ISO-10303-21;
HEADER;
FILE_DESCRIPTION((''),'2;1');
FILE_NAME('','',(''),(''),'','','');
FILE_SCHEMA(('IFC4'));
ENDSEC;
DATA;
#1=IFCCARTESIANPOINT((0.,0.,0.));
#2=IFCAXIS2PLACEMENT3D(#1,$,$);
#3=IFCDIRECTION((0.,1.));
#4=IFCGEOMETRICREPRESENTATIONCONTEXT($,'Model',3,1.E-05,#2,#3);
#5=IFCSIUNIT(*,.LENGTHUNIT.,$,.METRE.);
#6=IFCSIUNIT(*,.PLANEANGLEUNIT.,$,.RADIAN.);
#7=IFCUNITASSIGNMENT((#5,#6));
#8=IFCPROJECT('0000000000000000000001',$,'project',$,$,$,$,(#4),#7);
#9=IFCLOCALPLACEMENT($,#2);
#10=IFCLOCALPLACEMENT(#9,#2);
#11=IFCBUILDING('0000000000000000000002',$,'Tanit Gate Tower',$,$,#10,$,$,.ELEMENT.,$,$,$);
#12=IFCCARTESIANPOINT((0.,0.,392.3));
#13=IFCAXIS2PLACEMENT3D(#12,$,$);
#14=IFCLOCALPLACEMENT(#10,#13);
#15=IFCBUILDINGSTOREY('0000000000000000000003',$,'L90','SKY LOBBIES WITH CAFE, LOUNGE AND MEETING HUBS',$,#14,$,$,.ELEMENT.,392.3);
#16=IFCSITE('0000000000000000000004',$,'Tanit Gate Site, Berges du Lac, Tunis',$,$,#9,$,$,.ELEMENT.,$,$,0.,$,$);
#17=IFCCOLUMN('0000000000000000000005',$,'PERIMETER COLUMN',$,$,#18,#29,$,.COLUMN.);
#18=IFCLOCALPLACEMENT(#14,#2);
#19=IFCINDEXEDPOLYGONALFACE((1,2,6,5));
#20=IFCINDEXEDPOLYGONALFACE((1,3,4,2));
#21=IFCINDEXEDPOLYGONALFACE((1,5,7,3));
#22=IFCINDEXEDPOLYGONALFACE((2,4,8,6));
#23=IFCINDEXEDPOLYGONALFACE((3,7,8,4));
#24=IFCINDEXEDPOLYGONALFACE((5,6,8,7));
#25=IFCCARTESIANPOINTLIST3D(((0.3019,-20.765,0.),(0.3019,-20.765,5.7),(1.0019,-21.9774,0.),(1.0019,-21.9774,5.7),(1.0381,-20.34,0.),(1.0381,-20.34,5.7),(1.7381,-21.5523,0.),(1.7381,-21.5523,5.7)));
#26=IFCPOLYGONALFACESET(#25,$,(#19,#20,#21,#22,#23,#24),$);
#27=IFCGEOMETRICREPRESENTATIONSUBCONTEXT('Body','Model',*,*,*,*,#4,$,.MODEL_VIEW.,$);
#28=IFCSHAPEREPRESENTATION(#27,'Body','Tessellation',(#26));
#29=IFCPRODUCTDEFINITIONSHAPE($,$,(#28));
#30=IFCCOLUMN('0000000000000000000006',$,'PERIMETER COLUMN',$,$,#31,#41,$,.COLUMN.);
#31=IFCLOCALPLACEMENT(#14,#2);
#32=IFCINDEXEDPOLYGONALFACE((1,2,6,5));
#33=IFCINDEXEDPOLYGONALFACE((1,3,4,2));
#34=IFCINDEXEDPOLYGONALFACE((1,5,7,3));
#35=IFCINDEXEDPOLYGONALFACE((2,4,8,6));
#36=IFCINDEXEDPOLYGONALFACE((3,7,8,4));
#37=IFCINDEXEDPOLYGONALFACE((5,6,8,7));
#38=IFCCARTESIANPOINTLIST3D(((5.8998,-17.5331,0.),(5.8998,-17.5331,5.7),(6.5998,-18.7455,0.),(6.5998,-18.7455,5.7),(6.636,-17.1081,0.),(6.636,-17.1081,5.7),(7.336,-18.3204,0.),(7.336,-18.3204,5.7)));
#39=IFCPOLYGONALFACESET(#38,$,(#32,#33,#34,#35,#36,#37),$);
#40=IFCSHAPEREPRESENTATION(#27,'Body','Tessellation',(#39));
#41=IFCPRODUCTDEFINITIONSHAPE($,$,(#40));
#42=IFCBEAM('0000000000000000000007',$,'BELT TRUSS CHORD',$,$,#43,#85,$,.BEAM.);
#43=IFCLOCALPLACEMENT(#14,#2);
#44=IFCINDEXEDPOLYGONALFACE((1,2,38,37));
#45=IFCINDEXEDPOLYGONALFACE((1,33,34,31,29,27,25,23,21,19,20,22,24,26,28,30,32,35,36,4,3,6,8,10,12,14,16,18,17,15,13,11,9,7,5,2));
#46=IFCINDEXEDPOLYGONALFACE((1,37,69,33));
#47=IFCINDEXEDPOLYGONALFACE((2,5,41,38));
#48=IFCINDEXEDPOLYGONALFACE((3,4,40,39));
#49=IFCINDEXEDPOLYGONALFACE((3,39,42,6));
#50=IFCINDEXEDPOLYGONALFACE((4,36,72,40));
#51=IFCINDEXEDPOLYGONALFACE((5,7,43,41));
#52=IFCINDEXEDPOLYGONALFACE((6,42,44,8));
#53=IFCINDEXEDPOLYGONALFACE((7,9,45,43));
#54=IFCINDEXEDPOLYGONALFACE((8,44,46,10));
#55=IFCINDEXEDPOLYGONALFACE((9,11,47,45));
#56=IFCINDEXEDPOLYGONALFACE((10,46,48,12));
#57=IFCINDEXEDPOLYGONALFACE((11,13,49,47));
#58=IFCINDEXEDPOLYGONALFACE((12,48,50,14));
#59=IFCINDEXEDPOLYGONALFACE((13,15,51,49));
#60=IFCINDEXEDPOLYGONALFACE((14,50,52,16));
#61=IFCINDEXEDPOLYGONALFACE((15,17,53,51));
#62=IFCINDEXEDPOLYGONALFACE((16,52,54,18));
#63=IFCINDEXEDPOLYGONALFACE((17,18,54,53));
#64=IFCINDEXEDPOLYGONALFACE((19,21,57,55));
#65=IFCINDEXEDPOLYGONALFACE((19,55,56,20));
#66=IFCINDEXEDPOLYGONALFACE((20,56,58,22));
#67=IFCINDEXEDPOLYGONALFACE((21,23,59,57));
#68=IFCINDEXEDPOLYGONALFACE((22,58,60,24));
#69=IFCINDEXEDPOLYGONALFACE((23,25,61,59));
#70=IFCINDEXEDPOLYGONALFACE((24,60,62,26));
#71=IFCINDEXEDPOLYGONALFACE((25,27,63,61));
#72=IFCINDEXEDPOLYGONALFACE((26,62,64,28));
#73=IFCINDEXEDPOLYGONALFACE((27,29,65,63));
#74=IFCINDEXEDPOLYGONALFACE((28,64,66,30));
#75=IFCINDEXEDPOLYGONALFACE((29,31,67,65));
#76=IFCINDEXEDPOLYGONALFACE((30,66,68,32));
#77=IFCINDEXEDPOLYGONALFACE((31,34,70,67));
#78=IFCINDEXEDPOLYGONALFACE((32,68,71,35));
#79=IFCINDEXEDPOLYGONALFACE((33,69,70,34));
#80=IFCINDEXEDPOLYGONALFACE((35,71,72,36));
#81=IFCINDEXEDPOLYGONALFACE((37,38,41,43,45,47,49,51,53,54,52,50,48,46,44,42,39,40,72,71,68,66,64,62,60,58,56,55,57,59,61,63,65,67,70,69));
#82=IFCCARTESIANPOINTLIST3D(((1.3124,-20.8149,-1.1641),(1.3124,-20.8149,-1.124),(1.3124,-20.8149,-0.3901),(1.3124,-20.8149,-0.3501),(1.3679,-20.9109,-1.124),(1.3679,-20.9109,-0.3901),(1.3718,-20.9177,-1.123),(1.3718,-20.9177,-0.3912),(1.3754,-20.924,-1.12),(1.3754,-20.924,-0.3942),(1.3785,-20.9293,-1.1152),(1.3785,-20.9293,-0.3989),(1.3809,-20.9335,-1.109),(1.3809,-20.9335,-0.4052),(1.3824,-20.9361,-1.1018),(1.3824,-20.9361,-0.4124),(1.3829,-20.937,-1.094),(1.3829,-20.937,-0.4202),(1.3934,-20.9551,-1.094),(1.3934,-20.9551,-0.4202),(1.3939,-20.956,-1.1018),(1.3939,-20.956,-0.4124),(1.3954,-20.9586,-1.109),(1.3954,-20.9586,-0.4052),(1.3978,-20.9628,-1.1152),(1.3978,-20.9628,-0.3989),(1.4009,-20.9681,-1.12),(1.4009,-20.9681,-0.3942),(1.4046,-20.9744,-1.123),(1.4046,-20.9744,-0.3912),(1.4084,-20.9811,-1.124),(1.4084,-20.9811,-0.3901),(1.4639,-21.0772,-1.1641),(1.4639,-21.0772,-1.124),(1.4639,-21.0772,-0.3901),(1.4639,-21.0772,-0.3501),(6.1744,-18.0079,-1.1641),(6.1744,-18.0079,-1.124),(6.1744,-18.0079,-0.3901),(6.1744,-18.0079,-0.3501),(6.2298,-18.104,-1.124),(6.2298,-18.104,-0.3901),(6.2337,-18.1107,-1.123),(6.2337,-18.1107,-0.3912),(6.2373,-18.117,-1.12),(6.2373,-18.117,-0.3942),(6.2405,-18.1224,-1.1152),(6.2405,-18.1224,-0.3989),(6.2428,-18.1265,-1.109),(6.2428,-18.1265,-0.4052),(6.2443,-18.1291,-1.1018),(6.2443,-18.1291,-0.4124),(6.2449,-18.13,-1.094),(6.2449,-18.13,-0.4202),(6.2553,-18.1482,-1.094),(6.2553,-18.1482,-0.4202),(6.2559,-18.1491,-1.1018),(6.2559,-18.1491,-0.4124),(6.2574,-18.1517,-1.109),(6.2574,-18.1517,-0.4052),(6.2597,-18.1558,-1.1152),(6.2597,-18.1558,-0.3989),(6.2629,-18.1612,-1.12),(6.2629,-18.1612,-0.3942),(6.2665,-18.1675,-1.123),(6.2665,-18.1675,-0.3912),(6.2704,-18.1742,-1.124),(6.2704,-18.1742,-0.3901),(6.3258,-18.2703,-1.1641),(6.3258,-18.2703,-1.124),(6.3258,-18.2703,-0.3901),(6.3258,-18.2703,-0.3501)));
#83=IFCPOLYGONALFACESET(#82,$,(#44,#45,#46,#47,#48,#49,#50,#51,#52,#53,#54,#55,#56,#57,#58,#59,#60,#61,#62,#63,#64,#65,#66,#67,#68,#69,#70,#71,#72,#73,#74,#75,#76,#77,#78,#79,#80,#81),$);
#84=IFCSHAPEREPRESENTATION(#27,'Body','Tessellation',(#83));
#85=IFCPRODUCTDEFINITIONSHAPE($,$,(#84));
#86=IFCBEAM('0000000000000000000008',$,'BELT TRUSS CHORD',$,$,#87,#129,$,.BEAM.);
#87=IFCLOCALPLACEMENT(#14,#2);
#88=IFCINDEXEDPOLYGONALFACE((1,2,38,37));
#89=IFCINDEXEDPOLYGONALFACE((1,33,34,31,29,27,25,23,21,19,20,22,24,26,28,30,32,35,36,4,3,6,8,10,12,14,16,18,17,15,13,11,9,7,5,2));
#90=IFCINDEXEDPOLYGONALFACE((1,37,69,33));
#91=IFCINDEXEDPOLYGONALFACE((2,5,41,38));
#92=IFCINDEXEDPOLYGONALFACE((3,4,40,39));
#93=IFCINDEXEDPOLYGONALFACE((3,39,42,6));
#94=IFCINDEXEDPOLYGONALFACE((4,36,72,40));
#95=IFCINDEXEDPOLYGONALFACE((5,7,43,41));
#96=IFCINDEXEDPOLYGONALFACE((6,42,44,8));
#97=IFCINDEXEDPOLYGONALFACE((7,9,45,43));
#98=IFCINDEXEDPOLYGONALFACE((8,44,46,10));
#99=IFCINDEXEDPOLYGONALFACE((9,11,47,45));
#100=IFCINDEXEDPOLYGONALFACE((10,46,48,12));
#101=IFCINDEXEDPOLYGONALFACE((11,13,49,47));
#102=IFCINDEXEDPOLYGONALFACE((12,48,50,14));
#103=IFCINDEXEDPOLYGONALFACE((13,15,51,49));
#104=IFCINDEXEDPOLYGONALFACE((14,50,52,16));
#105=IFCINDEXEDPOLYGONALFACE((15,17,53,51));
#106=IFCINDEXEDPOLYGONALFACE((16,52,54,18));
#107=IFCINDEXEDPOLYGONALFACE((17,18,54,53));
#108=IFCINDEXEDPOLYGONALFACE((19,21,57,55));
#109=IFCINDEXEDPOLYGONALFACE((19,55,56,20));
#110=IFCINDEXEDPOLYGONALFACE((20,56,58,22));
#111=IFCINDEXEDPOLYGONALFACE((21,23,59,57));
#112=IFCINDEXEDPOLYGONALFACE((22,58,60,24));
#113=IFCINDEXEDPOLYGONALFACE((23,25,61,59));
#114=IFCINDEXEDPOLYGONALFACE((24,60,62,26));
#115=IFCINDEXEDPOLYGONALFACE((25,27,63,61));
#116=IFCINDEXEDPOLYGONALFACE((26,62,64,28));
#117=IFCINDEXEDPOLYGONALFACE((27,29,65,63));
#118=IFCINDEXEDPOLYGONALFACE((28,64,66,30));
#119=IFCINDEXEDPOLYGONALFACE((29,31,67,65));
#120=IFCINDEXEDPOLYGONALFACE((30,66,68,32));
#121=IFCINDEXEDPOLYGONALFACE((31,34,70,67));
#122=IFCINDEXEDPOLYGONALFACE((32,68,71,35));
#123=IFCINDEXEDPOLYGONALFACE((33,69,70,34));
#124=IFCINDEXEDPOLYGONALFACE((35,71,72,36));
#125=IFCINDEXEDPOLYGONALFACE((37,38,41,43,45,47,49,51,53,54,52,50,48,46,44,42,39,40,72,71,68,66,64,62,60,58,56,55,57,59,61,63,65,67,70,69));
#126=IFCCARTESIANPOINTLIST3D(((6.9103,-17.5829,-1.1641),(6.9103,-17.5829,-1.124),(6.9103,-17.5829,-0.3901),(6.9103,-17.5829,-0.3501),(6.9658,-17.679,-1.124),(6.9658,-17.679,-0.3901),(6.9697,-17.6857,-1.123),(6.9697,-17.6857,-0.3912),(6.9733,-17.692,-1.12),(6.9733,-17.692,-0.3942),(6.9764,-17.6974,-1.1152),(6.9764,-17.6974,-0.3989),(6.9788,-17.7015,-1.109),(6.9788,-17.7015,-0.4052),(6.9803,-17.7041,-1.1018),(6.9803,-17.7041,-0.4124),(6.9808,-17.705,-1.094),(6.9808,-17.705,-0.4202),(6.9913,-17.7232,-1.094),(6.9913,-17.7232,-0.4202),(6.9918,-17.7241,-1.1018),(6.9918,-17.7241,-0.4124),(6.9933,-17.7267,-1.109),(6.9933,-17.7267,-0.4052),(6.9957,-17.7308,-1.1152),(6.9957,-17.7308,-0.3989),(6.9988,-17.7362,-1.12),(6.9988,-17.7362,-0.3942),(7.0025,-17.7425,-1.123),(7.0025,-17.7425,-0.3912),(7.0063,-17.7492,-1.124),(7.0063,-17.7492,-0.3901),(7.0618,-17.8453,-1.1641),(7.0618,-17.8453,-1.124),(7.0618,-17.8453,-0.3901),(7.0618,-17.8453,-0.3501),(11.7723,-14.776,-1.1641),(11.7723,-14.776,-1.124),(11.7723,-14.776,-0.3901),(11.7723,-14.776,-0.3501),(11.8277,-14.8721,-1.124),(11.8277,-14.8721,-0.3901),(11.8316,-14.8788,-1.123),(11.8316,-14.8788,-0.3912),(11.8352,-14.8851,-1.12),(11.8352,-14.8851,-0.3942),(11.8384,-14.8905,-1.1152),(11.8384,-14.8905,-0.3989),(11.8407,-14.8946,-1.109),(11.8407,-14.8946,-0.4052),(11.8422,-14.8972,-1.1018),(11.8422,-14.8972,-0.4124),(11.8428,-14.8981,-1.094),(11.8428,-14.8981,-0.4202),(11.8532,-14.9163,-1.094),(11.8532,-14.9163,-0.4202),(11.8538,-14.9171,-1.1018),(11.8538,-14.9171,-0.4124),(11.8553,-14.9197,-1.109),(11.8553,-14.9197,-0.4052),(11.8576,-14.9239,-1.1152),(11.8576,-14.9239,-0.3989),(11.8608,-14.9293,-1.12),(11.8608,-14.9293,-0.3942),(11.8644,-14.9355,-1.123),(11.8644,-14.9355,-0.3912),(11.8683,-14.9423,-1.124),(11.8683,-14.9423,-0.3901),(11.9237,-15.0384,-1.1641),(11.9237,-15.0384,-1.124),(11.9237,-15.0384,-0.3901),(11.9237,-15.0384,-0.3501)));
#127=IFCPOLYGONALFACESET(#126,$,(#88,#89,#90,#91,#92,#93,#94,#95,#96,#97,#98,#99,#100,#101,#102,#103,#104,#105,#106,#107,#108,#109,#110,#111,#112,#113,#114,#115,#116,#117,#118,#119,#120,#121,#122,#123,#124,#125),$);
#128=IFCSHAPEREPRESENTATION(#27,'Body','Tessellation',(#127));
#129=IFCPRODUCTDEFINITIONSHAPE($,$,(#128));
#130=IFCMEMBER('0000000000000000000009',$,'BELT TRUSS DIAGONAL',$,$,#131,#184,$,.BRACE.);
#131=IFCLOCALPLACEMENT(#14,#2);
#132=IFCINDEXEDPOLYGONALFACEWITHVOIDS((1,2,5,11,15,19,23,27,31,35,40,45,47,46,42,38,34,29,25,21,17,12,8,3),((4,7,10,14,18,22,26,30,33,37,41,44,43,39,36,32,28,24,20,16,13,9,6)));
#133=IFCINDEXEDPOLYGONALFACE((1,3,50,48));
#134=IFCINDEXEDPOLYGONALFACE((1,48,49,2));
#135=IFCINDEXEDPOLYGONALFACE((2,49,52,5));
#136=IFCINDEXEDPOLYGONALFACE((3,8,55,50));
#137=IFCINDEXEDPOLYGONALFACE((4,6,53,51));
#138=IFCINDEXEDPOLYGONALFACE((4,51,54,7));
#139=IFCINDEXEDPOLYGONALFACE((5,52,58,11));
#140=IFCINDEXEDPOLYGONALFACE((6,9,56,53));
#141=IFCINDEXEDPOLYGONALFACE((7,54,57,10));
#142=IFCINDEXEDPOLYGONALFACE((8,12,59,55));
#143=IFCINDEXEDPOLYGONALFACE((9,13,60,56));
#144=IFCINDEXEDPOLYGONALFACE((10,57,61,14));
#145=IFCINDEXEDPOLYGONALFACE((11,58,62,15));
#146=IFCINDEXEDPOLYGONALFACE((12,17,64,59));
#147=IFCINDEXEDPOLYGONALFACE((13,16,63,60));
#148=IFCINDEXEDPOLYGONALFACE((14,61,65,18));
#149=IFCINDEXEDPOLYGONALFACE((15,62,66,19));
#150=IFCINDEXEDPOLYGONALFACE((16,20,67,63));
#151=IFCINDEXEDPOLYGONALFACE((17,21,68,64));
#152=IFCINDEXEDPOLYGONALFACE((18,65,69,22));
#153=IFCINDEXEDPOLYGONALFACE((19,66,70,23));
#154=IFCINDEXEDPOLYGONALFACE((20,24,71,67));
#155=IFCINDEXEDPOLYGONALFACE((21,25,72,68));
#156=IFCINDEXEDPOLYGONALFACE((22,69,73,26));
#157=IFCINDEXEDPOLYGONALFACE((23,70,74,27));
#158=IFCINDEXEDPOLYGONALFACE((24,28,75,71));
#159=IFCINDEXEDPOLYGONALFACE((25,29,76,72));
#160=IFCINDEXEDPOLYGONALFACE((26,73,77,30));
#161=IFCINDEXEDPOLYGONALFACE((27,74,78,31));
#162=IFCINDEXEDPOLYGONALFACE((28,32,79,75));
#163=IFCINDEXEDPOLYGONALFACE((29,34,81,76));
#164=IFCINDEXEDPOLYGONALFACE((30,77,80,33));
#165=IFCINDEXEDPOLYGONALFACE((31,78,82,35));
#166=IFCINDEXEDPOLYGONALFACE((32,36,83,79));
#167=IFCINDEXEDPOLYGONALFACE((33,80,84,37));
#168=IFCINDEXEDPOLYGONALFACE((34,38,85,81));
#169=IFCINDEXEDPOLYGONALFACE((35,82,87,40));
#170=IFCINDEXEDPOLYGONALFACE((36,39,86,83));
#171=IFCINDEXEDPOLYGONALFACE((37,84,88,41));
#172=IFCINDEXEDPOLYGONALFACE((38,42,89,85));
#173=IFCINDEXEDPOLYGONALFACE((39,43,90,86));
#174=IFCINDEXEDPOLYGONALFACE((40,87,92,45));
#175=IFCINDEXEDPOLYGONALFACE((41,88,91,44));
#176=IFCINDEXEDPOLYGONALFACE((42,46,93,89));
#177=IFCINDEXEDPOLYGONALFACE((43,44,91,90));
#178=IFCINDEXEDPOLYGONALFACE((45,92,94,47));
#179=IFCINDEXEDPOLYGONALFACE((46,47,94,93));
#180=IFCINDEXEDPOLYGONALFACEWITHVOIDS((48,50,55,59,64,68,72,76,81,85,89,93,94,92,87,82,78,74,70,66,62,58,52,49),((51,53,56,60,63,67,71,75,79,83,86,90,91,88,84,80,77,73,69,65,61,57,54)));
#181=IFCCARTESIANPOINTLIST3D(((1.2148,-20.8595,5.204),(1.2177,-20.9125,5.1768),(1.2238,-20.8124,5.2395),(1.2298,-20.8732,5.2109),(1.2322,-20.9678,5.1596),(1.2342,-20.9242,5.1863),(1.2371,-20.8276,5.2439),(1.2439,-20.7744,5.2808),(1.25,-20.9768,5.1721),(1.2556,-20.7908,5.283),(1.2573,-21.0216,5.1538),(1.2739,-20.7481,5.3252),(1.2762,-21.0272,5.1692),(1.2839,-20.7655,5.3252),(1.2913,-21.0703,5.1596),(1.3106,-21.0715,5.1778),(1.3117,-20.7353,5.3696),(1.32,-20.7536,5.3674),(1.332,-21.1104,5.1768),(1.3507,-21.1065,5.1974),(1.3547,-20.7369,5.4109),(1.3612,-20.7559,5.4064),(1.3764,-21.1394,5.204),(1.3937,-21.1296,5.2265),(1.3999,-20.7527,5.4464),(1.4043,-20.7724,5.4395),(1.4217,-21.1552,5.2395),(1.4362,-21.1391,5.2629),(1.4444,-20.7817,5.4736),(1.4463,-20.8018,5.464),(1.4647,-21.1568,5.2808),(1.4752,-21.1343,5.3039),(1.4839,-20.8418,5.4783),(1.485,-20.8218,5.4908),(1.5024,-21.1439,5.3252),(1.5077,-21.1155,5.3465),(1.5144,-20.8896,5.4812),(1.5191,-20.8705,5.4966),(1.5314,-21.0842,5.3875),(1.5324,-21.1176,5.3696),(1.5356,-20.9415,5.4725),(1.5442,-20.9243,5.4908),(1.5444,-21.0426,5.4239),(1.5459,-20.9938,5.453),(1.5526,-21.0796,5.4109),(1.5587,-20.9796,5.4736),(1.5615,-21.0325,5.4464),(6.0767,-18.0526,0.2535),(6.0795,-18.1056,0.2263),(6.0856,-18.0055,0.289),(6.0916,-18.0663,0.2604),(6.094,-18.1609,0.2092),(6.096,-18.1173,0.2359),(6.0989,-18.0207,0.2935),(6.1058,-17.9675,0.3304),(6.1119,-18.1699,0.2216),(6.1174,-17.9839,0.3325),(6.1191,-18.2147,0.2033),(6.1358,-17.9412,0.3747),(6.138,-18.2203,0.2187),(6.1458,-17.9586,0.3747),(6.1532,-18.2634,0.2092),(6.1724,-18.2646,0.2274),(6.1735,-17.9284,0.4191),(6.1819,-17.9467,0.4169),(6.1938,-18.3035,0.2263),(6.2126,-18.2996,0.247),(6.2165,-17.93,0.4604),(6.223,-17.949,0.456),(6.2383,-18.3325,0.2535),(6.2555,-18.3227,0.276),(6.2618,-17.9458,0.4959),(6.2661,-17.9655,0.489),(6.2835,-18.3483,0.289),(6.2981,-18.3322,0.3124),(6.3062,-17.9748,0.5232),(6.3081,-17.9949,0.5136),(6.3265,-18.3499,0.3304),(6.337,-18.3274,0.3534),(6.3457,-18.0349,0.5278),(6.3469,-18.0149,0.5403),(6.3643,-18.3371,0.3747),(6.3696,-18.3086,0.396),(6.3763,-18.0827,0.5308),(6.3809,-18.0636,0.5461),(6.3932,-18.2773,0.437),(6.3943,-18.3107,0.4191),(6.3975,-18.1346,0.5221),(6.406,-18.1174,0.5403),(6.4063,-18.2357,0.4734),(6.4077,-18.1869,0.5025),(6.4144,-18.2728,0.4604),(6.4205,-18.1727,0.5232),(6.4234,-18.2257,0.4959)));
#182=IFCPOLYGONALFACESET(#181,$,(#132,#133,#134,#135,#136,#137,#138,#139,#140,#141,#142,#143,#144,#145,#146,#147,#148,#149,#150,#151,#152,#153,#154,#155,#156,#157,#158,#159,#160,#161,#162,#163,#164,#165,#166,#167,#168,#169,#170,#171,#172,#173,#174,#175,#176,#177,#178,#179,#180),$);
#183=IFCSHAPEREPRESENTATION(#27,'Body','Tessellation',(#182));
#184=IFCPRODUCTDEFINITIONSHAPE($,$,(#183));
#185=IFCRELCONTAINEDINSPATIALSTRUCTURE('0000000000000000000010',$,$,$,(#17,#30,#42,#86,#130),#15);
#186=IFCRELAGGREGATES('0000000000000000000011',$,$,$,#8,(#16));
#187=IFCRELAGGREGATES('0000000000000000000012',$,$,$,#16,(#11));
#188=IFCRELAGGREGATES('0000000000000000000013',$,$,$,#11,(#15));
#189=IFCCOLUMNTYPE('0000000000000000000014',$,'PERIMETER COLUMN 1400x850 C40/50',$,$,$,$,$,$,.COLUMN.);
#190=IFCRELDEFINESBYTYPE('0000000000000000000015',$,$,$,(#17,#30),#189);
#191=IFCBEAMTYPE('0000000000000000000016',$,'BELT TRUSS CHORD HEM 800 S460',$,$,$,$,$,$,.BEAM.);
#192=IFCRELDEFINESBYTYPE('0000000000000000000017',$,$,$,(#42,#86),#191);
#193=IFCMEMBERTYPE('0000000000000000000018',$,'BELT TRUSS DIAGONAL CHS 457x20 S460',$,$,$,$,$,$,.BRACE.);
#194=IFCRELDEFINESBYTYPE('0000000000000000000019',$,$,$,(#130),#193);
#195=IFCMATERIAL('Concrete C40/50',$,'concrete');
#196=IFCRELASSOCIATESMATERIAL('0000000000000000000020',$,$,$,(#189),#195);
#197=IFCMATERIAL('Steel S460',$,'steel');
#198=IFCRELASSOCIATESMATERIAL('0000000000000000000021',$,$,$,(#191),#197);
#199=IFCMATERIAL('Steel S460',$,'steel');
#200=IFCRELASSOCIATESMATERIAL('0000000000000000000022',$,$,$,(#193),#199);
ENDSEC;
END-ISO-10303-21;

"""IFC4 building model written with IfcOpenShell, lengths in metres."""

from ifc_helpers import new_model, si_unit, direction, frame, origin, origin_2d, place, context, subcontext, project, spatial, rectangle, hollow_circle, i_section, extrude, material, material_profile, profile_set, type_object, element, save


model = new_model("IFC4")

# Units and contexts
model_context = context("Model", 3, precision=1e-05, world=origin(), true_north=direction((0.0, 1.0)))
body_context = subcontext(model_context, "Body", "Model", "MODEL_VIEW")
ifc_project = project(units=[si_unit("LENGTHUNIT", "METRE"), si_unit("PLANEANGLEUNIT", "RADIAN")], contexts=[model_context])

# Site, building, storey
site_placement = place(None, origin())
site = spatial("IfcSite", under=ifc_project, at=site_placement, Name="Tanit Gate Site, Berges du Lac, Tunis", CompositionType="ELEMENT", RefElevation=0.0)
building_placement = place(site_placement, origin())
building = spatial("IfcBuilding", under=site, at=building_placement, Name="Tanit Gate Tower", CompositionType="ELEMENT")
storey_placement = place(building_placement, frame((0.0, 0.0, 392.3)))
storey = spatial("IfcBuildingStorey", under=building, at=storey_placement, Name="L90", Description="SKY LOBBIES WITH CAFE, LOUNGE AND MEETING HUBS", CompositionType="ELEMENT", Elevation=392.3)

# Columns
ifc_material_1 = material(Name="Concrete C40/50", Category="concrete")
ifc_material_profile_1 = material_profile(ifc_material_1, rectangle(XDim=1.3999, YDim=0.8501, at=origin_2d()), Name="RC 1400x850")
ifc_profile_set_1 = profile_set([ifc_material_profile_1], Name="Concrete C40/50")
column_type = type_object("IfcColumnType", Name="PERIMETER COLUMN 1400x850 C40/50", PredefinedType="COLUMN", material=ifc_profile_set_1)
for number, where, z_axis, x_axis, name in (
    (1, (1.02, -21.1587, 0.0), (0.0, 0.0, 1.0), (0.5, -0.866025, 0.0), "PERIMETER COLUMN"),
    (2, (6.6179, -17.9268, 0.0), (0.0, 0.0, 1.0), (0.5, -0.866025, 0.0), "PERIMETER COLUMN"),
):
    element("IfcColumn", number, at=place(storey_placement, frame(where, z_axis=z_axis, x_axis=x_axis)), inside=storey, type_object=column_type, Name=name, PredefinedType="COLUMN", context=body_context, shape_type="SweptSolid", body=[
        extrude(rectangle(XDim=1.3999, YDim=0.8501, at=origin_2d()), origin(), (0.0, 0.0, 1.0), 5.7),
    ])

# Beams
ifc_material_2 = material(Name="Steel S460", Category="steel")
ifc_material_profile_2 = material_profile(ifc_material_2, i_section(OverallWidth=0.303, OverallDepth=0.814, WebThickness=0.021, FlangeThickness=0.04, FilletRadius=0.03, at=origin_2d()), Name="HEM 800")
ifc_profile_set_2 = profile_set([ifc_material_profile_2], Name="Steel S460")
beam_type_1 = type_object("IfcBeamType", Name="BELT TRUSS CHORD HEM 800 S460", PredefinedType="BEAM", material=ifc_profile_set_2)
for number, where, z_axis, x_axis, name in (
    (3, (1.3882, -20.946, -0.7571), (0.866032, 0.499988, 0.0), (-0.499988, 0.866032, 0.0), "BELT TRUSS CHORD"),
    (4, (6.9861, -17.7141, -0.7571), (0.866032, 0.499988, 0.0), (-0.499988, 0.866032, 0.0), "BELT TRUSS CHORD"),
):
    element("IfcBeam", number, at=place(storey_placement, frame(where, z_axis=z_axis, x_axis=x_axis)), inside=storey, type_object=beam_type_1, Name=name, PredefinedType="BEAM", context=body_context, shape_type="SweptSolid", body=[
        extrude(i_section(OverallWidth=0.303, OverallDepth=0.814, WebThickness=0.021, FlangeThickness=0.04, FilletRadius=0.03, at=origin_2d()), origin(), (0.0, 0.0, 1.0), 5.614),
    ])

# Member
ifc_material_3 = material(Name="Steel S460", Category="steel")
ifc_material_profile_3 = material_profile(ifc_material_3, hollow_circle(Radius=0.2285, WallThickness=0.02, at=origin_2d()), Name="CHS 457x20")
ifc_profile_set_3 = profile_set([ifc_material_profile_3], Name="Steel S460")
member_type_1 = type_object("IfcMemberType", Name="BELT TRUSS DIAGONAL CHS 457x20 S460", PredefinedType="BRACE", material=ifc_profile_set_3)
for number, where, z_axis, x_axis, name in (
    (5, (1.3882, -20.946, 5.3252), (0.649556, 0.37501, -0.661396), (-0.499988, 0.866032, 0.0), "BELT TRUSS DIAGONAL"),
):
    element("IfcMember", number, at=place(storey_placement, frame(where, z_axis=z_axis, x_axis=x_axis)), inside=storey, type_object=member_type_1, Name=name, PredefinedType="BRACE", context=body_context, shape_type="SweptSolid", body=[
        extrude(hollow_circle(Radius=0.2285, WallThickness=0.02, at=origin_2d()), origin(), (0.0, 0.0, 1.0), 7.4849),
    ])

save(model, "model.ifc")
